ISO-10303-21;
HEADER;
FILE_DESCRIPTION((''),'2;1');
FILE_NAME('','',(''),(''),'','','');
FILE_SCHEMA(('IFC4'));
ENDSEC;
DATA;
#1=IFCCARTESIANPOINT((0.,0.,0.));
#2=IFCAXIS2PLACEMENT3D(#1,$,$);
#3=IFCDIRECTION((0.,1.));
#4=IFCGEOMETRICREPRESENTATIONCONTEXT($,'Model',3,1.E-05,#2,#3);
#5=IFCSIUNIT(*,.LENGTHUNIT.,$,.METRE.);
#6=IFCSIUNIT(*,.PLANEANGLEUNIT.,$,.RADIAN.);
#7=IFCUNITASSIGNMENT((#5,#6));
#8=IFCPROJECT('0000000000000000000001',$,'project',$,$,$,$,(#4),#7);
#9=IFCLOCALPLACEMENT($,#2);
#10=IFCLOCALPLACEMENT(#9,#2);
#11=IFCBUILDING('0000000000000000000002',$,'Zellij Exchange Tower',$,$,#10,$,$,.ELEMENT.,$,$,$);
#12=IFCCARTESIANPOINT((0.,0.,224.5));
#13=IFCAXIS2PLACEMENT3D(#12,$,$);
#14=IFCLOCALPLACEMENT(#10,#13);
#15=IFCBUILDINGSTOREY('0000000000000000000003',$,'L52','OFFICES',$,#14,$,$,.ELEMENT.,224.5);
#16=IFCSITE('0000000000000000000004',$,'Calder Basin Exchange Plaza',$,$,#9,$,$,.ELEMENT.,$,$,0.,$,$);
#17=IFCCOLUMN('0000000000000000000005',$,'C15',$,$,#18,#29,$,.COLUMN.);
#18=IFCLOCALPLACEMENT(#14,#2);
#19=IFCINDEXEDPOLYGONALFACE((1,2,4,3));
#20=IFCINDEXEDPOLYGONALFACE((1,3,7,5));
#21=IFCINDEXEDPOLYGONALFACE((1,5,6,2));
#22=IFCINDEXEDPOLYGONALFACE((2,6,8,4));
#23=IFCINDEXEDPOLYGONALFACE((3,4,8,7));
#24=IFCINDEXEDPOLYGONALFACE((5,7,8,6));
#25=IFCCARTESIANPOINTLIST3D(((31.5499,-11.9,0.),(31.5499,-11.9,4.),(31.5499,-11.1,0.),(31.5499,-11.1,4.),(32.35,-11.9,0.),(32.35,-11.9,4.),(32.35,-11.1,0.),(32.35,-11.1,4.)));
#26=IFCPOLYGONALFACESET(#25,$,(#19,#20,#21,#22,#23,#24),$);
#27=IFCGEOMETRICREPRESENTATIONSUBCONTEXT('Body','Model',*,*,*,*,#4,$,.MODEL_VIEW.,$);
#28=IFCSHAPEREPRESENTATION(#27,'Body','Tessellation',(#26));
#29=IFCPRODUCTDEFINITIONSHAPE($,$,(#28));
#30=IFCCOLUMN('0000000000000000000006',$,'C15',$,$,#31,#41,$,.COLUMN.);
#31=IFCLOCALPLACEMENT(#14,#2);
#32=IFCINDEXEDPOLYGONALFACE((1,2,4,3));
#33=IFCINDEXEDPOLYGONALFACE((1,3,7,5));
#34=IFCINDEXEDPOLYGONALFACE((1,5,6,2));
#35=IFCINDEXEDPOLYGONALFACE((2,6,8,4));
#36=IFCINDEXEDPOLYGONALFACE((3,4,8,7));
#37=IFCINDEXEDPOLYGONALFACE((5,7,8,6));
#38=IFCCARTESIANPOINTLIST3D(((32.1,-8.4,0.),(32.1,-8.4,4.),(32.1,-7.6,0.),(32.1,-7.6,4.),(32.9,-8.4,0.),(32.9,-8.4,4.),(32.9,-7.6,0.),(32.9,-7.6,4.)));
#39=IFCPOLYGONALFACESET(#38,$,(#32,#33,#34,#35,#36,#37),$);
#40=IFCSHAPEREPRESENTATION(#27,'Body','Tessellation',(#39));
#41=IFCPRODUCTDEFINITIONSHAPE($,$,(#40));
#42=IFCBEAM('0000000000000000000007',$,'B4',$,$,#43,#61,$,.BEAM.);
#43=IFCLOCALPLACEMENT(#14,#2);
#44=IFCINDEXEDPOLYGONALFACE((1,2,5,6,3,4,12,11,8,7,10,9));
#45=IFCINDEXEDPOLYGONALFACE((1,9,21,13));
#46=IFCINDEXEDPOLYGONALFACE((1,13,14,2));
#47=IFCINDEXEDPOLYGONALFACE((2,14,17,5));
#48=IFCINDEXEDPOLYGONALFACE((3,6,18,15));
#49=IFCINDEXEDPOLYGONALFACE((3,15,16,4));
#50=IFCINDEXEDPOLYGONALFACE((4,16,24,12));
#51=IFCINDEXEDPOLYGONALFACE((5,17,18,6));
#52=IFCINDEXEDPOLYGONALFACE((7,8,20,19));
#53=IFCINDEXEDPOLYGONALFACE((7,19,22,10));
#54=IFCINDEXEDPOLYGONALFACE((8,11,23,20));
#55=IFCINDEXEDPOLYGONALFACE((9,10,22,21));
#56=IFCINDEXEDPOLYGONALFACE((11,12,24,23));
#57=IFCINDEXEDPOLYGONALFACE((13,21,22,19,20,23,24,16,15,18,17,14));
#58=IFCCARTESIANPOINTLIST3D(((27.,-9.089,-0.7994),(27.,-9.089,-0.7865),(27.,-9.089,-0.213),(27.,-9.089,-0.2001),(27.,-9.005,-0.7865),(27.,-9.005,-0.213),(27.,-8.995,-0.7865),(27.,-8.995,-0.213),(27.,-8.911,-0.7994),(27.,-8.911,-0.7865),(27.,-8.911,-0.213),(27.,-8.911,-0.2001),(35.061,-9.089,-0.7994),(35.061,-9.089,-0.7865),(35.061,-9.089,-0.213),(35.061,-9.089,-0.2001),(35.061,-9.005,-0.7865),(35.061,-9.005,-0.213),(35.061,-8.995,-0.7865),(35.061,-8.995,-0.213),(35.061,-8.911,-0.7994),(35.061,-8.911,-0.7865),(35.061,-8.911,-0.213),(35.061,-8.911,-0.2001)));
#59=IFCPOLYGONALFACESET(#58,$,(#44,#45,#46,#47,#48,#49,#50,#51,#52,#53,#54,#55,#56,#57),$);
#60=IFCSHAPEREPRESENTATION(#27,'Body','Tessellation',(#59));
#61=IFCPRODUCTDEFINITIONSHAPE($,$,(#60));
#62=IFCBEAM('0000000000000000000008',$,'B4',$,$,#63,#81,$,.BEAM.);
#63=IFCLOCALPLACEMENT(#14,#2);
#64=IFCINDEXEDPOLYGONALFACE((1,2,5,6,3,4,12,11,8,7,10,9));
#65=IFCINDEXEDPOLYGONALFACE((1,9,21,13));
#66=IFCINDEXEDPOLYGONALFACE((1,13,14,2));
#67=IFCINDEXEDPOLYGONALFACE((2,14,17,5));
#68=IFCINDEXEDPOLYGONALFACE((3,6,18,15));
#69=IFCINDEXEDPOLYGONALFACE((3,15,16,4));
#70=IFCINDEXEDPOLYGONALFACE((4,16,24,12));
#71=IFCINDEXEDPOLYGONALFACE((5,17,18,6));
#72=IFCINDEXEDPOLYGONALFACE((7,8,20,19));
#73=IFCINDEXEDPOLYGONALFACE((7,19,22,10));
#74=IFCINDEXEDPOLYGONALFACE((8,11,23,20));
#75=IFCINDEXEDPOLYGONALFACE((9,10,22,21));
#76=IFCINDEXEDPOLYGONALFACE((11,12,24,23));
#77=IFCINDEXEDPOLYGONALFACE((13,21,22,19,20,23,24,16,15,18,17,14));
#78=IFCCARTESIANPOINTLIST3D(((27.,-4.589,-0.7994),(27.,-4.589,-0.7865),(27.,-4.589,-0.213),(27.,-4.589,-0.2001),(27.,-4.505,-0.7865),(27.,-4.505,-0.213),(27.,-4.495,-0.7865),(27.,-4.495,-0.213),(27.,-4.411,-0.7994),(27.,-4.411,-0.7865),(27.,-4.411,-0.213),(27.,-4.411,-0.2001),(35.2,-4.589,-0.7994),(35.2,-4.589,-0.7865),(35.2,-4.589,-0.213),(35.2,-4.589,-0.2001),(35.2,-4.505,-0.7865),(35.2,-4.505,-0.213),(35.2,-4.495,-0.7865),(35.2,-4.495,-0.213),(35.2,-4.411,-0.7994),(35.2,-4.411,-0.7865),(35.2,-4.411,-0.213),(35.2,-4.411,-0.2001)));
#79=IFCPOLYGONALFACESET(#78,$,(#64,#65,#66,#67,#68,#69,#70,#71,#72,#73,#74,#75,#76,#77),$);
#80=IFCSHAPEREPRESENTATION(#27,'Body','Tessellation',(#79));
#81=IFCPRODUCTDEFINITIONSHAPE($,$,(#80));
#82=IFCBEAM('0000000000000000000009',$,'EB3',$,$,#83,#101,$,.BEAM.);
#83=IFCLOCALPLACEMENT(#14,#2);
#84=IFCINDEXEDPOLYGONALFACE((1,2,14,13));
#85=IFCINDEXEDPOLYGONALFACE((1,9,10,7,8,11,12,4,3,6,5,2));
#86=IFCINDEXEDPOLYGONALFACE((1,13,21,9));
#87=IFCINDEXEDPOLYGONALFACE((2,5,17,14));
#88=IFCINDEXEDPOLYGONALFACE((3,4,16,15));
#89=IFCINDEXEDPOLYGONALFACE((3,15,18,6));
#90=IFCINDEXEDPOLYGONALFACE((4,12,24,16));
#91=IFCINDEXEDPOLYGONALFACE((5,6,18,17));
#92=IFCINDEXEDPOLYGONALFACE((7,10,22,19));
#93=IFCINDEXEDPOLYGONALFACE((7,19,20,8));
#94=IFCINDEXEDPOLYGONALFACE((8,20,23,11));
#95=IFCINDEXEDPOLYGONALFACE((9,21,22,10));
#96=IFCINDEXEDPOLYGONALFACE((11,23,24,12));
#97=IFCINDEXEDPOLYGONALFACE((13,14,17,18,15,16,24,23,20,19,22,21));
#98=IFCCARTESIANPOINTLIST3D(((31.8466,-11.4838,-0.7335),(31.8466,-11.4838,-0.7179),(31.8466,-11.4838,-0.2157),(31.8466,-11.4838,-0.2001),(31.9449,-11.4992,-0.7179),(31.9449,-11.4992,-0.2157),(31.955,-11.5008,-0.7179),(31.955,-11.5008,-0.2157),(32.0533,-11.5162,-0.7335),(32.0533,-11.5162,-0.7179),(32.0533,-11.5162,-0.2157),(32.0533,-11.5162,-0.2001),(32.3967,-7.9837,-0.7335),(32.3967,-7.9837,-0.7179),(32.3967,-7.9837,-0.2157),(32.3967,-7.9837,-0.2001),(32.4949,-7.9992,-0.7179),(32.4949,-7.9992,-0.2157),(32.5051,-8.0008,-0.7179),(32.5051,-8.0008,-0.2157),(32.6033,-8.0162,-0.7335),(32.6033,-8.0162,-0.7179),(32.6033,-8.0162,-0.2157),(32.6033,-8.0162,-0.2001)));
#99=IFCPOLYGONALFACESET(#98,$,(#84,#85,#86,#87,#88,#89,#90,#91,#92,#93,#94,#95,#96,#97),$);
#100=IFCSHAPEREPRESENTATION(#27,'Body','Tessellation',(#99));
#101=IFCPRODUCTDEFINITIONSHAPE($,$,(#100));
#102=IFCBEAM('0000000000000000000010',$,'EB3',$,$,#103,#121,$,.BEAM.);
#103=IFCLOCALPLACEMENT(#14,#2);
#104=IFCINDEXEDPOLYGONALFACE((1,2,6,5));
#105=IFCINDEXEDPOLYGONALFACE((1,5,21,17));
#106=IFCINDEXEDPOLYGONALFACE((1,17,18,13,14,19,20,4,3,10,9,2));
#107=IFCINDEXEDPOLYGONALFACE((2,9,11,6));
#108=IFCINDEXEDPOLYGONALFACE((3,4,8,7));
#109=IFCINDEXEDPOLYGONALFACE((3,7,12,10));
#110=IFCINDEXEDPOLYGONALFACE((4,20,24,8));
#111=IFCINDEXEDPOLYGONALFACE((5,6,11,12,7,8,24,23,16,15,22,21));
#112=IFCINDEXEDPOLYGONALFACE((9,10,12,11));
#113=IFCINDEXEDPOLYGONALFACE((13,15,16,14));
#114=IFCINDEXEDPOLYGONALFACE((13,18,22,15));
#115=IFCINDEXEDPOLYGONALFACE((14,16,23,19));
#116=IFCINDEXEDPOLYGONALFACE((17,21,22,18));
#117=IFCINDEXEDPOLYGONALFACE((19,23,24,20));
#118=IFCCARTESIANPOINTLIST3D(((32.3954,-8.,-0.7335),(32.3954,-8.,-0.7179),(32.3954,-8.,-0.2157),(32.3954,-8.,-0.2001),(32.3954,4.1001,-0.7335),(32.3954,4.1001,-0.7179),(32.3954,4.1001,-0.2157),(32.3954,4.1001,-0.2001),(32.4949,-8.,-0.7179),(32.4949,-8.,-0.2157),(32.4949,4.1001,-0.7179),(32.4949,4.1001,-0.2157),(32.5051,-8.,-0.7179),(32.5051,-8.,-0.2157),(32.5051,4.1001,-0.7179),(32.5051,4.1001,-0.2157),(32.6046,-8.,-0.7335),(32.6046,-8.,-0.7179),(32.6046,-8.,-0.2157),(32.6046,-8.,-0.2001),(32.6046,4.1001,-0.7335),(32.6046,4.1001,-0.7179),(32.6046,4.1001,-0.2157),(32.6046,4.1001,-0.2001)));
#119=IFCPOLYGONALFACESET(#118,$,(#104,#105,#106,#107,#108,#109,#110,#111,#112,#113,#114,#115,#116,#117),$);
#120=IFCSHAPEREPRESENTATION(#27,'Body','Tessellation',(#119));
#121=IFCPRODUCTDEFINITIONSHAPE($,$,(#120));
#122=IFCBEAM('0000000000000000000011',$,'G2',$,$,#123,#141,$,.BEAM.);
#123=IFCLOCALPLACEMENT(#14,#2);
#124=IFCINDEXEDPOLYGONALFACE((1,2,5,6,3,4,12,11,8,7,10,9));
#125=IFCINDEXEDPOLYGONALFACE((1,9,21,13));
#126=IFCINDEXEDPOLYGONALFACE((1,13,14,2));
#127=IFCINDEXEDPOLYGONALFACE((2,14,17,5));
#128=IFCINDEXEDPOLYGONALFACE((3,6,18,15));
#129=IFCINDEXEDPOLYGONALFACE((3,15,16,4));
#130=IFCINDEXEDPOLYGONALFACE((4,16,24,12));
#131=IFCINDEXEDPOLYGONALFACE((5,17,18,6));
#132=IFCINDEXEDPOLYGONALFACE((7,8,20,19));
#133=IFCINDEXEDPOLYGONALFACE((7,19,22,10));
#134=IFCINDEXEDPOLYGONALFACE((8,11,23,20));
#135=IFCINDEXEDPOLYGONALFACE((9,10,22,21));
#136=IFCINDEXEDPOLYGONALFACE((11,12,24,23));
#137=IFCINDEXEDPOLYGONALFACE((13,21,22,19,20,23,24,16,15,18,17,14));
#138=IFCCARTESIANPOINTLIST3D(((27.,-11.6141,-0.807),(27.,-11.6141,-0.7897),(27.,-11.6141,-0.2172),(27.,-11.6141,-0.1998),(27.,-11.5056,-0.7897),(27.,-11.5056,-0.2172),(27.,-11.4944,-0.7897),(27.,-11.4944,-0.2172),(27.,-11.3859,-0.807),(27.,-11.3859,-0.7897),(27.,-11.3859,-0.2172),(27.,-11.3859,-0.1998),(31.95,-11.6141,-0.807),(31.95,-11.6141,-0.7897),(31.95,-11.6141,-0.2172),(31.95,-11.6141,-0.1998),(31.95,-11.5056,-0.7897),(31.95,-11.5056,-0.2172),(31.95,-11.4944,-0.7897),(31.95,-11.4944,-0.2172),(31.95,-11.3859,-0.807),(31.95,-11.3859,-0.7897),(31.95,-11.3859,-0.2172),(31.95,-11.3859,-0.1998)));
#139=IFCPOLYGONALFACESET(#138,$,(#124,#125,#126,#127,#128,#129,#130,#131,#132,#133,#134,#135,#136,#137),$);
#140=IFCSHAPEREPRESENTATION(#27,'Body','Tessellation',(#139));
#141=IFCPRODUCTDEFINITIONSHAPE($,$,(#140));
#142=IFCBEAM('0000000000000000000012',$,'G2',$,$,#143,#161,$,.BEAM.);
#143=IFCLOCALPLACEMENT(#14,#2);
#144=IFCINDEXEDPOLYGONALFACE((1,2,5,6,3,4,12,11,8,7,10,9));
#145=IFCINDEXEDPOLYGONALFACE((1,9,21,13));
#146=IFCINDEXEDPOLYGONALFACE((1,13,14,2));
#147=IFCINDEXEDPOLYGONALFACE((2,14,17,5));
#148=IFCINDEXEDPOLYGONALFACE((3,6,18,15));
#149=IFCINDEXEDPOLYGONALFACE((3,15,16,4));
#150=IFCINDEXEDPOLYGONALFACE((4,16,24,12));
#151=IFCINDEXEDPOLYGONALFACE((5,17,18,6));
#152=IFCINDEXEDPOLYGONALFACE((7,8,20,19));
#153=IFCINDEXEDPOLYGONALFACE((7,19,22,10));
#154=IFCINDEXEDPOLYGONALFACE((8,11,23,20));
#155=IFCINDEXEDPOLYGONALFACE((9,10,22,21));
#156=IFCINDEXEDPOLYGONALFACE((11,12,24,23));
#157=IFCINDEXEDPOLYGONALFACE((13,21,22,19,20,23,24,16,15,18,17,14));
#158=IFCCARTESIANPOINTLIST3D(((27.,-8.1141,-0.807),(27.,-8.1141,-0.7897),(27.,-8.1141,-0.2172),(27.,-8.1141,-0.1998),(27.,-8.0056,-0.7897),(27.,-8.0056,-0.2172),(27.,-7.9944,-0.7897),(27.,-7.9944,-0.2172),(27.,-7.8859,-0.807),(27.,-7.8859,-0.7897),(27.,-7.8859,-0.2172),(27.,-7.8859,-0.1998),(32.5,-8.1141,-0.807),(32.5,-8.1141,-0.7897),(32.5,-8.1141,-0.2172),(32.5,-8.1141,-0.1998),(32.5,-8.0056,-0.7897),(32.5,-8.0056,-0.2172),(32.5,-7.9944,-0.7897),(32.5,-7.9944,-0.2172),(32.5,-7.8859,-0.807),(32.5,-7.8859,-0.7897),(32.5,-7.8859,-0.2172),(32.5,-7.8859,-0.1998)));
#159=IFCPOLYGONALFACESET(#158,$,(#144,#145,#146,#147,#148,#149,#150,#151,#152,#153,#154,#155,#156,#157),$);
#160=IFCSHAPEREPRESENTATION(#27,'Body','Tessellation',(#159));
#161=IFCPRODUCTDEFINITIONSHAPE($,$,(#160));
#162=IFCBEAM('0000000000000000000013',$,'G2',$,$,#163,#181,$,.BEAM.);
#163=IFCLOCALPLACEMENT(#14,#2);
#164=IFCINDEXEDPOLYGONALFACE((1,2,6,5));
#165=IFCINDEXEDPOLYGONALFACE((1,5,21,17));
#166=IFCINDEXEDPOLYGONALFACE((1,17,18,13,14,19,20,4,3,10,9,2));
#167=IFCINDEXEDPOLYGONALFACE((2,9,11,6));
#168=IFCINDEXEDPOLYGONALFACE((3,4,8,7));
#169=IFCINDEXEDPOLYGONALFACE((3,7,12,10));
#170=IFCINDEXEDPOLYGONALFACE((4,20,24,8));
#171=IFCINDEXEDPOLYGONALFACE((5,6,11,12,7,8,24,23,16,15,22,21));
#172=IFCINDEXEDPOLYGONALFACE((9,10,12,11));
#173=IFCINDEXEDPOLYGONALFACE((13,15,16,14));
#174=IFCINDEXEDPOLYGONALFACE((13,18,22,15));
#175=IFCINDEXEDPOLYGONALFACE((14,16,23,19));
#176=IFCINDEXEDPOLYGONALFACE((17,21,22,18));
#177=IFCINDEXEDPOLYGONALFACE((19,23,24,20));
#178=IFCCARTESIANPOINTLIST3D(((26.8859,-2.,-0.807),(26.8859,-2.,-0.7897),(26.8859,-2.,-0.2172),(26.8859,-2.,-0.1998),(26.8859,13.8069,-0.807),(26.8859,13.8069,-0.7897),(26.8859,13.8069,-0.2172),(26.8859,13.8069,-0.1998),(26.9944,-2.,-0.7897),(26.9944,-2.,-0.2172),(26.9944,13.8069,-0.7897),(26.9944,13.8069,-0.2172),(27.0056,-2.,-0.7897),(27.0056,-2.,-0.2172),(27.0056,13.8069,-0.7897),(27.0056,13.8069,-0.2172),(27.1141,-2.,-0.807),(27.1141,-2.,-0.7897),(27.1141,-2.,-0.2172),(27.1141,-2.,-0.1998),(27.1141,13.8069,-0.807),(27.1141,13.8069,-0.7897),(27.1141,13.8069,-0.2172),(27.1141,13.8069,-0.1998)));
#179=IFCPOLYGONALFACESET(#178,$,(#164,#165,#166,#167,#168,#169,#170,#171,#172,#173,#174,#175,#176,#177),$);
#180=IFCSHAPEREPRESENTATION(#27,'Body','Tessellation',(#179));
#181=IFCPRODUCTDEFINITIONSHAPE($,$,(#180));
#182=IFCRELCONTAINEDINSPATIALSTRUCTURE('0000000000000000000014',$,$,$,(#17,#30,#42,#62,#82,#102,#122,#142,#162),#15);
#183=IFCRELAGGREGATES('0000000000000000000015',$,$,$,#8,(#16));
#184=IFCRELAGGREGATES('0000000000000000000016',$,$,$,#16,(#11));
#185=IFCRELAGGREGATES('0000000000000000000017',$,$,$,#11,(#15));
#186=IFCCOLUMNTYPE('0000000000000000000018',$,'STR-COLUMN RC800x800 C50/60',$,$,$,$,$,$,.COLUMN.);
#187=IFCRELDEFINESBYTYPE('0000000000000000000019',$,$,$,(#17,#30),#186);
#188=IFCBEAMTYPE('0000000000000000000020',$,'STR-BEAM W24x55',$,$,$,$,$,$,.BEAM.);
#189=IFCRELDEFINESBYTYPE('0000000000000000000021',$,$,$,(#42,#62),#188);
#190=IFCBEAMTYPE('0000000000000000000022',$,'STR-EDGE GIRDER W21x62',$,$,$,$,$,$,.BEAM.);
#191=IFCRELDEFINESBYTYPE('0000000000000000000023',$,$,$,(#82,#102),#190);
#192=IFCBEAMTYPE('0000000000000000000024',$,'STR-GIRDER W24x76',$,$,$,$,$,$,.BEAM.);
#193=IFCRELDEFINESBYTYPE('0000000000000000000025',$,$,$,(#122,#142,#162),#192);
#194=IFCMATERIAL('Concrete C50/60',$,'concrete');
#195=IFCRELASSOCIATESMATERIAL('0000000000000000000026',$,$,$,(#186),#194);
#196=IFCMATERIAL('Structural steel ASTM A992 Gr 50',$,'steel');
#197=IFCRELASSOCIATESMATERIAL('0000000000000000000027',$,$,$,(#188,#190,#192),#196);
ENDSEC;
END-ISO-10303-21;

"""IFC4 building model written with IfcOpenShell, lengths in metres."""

from ifc_helpers import new_model, si_unit, direction, frame, origin, origin_2d, place, context, subcontext, project, spatial, rectangle, i_section, extrude, material, material_profile, profile_set, type_object, element, save


model = new_model("IFC4")

# Units and contexts
model_context = context("Model", 3, precision=1e-05, world=origin(), true_north=direction((0.0, 1.0)))
body_context = subcontext(model_context, "Body", "Model", "MODEL_VIEW")
ifc_project = project(units=[si_unit("LENGTHUNIT", "METRE"), si_unit("PLANEANGLEUNIT", "RADIAN")], contexts=[model_context])

# Site, building, storey
site_placement = place(None, origin())
site = spatial("IfcSite", under=ifc_project, at=site_placement, Name="Calder Basin Exchange Plaza", CompositionType="ELEMENT", RefElevation=0.0)
building_placement = place(site_placement, origin())
building = spatial("IfcBuilding", under=site, at=building_placement, Name="Zellij Exchange Tower", CompositionType="ELEMENT")
storey_placement = place(building_placement, frame((0.0, 0.0, 224.5)))
storey = spatial("IfcBuildingStorey", under=building, at=storey_placement, Name="L52", Description="OFFICES", CompositionType="ELEMENT", Elevation=224.5)

# Columns
ifc_material_1 = material(Name="Concrete C50/60", Category="concrete")
ifc_material_profile_1 = material_profile(ifc_material_1, rectangle(XDim=0.8, YDim=0.8, at=origin_2d()), Name="STR-COLUMN RC800x800 C50/60")
ifc_profile_set_1 = profile_set([ifc_material_profile_1], Name="Concrete C50/60")
column_type = type_object("IfcColumnType", Name="STR-COLUMN RC800x800 C50/60", PredefinedType="COLUMN", material=ifc_profile_set_1)
for number, where, z_axis, x_axis, name in (
    (1, (31.95, -11.5, 0.0), (0.0, 0.0, 1.0), (1.0, 0.0, 0.0), "C15"),
    (2, (32.5, -8.0, 0.0), (0.0, 0.0, 1.0), (1.0, 0.0, 0.0), "C15"),
):
    element("IfcColumn", number, at=place(storey_placement, frame(where, z_axis=z_axis, x_axis=x_axis)), inside=storey, type_object=column_type, Name=name, PredefinedType="COLUMN", context=body_context, shape_type="SweptSolid", body=[
        extrude(rectangle(XDim=0.8, YDim=0.8, at=origin_2d()), origin(), (0.0, 0.0, 1.0), 4.0),
    ])

# Beams
ifc_material_2 = material(Name="Structural steel ASTM A992 Gr 50", Category="steel")
ifc_material_profile_2 = material_profile(ifc_material_2, i_section(OverallWidth=0.178, OverallDepth=0.5994, WebThickness=0.01, FlangeThickness=0.0129, at=origin_2d()), Name="W24x55")
ifc_profile_set_2 = profile_set([ifc_material_profile_2], Name="Structural steel ASTM A992 Gr 50")
beam_type_1 = type_object("IfcBeamType", Name="STR-BEAM W24x55", PredefinedType="BEAM", material=ifc_profile_set_2)
beam_1_placement = place(storey_placement, frame((27.0, -9.0, -0.4998), z_axis=(1.0, 0.0, 0.0), x_axis=(0.0, 1.0, 0.0)))
element("IfcBeam", 3, at=beam_1_placement, inside=storey, type_object=beam_type_1, Name="B4", PredefinedType="BEAM", context=body_context, shape_type="SweptSolid", body=[
    extrude(i_section(OverallWidth=0.178, OverallDepth=0.5994, WebThickness=0.01, FlangeThickness=0.0129, at=origin_2d()), origin(), (0.0, 0.0, 1.0), 8.061),
])
beam_2_placement = place(storey_placement, frame((27.0, -4.5, -0.4998), z_axis=(1.0, 0.0, 0.0), x_axis=(0.0, 1.0, 0.0)))
element("IfcBeam", 4, at=beam_2_placement, inside=storey, type_object=beam_type_1, Name="B4", PredefinedType="BEAM", context=body_context, shape_type="SweptSolid", body=[
    extrude(i_section(OverallWidth=0.178, OverallDepth=0.5994, WebThickness=0.01, FlangeThickness=0.0129, at=origin_2d()), origin(), (0.0, 0.0, 1.0), 8.2),
])
ifc_material_profile_3 = material_profile(ifc_material_2, i_section(OverallWidth=0.2092, OverallDepth=0.5334, WebThickness=0.0103, FlangeThickness=0.0156, at=origin_2d()), Name="W21x62")
ifc_profile_set_3 = profile_set([ifc_material_profile_3], Name="Structural steel ASTM A992 Gr 50")
beam_type_2 = type_object("IfcBeamType", Name="STR-EDGE GIRDER W21x62", PredefinedType="BEAM", material=ifc_profile_set_3)
beam_3_placement = place(storey_placement, frame((31.95, -11.5, -0.4668), z_axis=(0.155251, 0.987875, 0.0), x_axis=(-0.987875, 0.155251, 0.0)))
element("IfcBeam", 5, at=beam_3_placement, inside=storey, type_object=beam_type_2, Name="EB3", PredefinedType="BEAM", context=body_context, shape_type="SweptSolid", body=[
    extrude(i_section(OverallWidth=0.2092, OverallDepth=0.5334, WebThickness=0.0103, FlangeThickness=0.0156, at=origin_2d()), origin(), (0.0, 0.0, 1.0), 3.543),
])
beam_4_placement = place(storey_placement, frame((32.5, -8.0, -0.4668), z_axis=(0.0, 1.0, 0.0), x_axis=(-1.0, 0.0, 0.0)))
element("IfcBeam", 6, at=beam_4_placement, inside=storey, type_object=beam_type_2, Name="EB3", PredefinedType="BEAM", context=body_context, shape_type="SweptSolid", body=[
    extrude(i_section(OverallWidth=0.2092, OverallDepth=0.5334, WebThickness=0.0103, FlangeThickness=0.0156, at=origin_2d()), origin(), (0.0, 0.0, 1.0), 12.1001),
])
ifc_material_profile_4 = material_profile(ifc_material_2, i_section(OverallWidth=0.2283, OverallDepth=0.6072, WebThickness=0.0112, FlangeThickness=0.0173, at=origin_2d()), Name="W24x76")
ifc_profile_set_4 = profile_set([ifc_material_profile_4], Name="Structural steel ASTM A992 Gr 50")
beam_type_3 = type_object("IfcBeamType", Name="STR-GIRDER W24x76", PredefinedType="BEAM", material=ifc_profile_set_4)
beam_5_placement = place(storey_placement, frame((27.0, -11.5, -0.5034), z_axis=(1.0, 0.0, 0.0), x_axis=(0.0, 1.0, 0.0)))
element("IfcBeam", 7, at=beam_5_placement, inside=storey, type_object=beam_type_3, Name="G2", PredefinedType="BEAM", context=body_context, shape_type="SweptSolid", body=[
    extrude(i_section(OverallWidth=0.2283, OverallDepth=0.6072, WebThickness=0.0112, FlangeThickness=0.0173, at=origin_2d()), origin(), (0.0, 0.0, 1.0), 4.95),
])
beam_6_placement = place(storey_placement, frame((27.0, -8.0, -0.5034), z_axis=(1.0, 0.0, 0.0), x_axis=(0.0, 1.0, 0.0)))
element("IfcBeam", 8, at=beam_6_placement, inside=storey, type_object=beam_type_3, Name="G2", PredefinedType="BEAM", context=body_context, shape_type="SweptSolid", body=[
    extrude(i_section(OverallWidth=0.2283, OverallDepth=0.6072, WebThickness=0.0112, FlangeThickness=0.0173, at=origin_2d()), origin(), (0.0, 0.0, 1.0), 5.5),
])
beam_7_placement = place(storey_placement, frame((27.0, -2.0, -0.5034), z_axis=(0.0, 1.0, 0.0), x_axis=(-1.0, 0.0, 0.0)))
element("IfcBeam", 9, at=beam_7_placement, inside=storey, type_object=beam_type_3, Name="G2", PredefinedType="BEAM", context=body_context, shape_type="SweptSolid", body=[
    extrude(i_section(OverallWidth=0.2283, OverallDepth=0.6072, WebThickness=0.0112, FlangeThickness=0.0173, at=origin_2d()), origin(), (0.0, 0.0, 1.0), 15.8069),
])

save(model, "model.ifc")
